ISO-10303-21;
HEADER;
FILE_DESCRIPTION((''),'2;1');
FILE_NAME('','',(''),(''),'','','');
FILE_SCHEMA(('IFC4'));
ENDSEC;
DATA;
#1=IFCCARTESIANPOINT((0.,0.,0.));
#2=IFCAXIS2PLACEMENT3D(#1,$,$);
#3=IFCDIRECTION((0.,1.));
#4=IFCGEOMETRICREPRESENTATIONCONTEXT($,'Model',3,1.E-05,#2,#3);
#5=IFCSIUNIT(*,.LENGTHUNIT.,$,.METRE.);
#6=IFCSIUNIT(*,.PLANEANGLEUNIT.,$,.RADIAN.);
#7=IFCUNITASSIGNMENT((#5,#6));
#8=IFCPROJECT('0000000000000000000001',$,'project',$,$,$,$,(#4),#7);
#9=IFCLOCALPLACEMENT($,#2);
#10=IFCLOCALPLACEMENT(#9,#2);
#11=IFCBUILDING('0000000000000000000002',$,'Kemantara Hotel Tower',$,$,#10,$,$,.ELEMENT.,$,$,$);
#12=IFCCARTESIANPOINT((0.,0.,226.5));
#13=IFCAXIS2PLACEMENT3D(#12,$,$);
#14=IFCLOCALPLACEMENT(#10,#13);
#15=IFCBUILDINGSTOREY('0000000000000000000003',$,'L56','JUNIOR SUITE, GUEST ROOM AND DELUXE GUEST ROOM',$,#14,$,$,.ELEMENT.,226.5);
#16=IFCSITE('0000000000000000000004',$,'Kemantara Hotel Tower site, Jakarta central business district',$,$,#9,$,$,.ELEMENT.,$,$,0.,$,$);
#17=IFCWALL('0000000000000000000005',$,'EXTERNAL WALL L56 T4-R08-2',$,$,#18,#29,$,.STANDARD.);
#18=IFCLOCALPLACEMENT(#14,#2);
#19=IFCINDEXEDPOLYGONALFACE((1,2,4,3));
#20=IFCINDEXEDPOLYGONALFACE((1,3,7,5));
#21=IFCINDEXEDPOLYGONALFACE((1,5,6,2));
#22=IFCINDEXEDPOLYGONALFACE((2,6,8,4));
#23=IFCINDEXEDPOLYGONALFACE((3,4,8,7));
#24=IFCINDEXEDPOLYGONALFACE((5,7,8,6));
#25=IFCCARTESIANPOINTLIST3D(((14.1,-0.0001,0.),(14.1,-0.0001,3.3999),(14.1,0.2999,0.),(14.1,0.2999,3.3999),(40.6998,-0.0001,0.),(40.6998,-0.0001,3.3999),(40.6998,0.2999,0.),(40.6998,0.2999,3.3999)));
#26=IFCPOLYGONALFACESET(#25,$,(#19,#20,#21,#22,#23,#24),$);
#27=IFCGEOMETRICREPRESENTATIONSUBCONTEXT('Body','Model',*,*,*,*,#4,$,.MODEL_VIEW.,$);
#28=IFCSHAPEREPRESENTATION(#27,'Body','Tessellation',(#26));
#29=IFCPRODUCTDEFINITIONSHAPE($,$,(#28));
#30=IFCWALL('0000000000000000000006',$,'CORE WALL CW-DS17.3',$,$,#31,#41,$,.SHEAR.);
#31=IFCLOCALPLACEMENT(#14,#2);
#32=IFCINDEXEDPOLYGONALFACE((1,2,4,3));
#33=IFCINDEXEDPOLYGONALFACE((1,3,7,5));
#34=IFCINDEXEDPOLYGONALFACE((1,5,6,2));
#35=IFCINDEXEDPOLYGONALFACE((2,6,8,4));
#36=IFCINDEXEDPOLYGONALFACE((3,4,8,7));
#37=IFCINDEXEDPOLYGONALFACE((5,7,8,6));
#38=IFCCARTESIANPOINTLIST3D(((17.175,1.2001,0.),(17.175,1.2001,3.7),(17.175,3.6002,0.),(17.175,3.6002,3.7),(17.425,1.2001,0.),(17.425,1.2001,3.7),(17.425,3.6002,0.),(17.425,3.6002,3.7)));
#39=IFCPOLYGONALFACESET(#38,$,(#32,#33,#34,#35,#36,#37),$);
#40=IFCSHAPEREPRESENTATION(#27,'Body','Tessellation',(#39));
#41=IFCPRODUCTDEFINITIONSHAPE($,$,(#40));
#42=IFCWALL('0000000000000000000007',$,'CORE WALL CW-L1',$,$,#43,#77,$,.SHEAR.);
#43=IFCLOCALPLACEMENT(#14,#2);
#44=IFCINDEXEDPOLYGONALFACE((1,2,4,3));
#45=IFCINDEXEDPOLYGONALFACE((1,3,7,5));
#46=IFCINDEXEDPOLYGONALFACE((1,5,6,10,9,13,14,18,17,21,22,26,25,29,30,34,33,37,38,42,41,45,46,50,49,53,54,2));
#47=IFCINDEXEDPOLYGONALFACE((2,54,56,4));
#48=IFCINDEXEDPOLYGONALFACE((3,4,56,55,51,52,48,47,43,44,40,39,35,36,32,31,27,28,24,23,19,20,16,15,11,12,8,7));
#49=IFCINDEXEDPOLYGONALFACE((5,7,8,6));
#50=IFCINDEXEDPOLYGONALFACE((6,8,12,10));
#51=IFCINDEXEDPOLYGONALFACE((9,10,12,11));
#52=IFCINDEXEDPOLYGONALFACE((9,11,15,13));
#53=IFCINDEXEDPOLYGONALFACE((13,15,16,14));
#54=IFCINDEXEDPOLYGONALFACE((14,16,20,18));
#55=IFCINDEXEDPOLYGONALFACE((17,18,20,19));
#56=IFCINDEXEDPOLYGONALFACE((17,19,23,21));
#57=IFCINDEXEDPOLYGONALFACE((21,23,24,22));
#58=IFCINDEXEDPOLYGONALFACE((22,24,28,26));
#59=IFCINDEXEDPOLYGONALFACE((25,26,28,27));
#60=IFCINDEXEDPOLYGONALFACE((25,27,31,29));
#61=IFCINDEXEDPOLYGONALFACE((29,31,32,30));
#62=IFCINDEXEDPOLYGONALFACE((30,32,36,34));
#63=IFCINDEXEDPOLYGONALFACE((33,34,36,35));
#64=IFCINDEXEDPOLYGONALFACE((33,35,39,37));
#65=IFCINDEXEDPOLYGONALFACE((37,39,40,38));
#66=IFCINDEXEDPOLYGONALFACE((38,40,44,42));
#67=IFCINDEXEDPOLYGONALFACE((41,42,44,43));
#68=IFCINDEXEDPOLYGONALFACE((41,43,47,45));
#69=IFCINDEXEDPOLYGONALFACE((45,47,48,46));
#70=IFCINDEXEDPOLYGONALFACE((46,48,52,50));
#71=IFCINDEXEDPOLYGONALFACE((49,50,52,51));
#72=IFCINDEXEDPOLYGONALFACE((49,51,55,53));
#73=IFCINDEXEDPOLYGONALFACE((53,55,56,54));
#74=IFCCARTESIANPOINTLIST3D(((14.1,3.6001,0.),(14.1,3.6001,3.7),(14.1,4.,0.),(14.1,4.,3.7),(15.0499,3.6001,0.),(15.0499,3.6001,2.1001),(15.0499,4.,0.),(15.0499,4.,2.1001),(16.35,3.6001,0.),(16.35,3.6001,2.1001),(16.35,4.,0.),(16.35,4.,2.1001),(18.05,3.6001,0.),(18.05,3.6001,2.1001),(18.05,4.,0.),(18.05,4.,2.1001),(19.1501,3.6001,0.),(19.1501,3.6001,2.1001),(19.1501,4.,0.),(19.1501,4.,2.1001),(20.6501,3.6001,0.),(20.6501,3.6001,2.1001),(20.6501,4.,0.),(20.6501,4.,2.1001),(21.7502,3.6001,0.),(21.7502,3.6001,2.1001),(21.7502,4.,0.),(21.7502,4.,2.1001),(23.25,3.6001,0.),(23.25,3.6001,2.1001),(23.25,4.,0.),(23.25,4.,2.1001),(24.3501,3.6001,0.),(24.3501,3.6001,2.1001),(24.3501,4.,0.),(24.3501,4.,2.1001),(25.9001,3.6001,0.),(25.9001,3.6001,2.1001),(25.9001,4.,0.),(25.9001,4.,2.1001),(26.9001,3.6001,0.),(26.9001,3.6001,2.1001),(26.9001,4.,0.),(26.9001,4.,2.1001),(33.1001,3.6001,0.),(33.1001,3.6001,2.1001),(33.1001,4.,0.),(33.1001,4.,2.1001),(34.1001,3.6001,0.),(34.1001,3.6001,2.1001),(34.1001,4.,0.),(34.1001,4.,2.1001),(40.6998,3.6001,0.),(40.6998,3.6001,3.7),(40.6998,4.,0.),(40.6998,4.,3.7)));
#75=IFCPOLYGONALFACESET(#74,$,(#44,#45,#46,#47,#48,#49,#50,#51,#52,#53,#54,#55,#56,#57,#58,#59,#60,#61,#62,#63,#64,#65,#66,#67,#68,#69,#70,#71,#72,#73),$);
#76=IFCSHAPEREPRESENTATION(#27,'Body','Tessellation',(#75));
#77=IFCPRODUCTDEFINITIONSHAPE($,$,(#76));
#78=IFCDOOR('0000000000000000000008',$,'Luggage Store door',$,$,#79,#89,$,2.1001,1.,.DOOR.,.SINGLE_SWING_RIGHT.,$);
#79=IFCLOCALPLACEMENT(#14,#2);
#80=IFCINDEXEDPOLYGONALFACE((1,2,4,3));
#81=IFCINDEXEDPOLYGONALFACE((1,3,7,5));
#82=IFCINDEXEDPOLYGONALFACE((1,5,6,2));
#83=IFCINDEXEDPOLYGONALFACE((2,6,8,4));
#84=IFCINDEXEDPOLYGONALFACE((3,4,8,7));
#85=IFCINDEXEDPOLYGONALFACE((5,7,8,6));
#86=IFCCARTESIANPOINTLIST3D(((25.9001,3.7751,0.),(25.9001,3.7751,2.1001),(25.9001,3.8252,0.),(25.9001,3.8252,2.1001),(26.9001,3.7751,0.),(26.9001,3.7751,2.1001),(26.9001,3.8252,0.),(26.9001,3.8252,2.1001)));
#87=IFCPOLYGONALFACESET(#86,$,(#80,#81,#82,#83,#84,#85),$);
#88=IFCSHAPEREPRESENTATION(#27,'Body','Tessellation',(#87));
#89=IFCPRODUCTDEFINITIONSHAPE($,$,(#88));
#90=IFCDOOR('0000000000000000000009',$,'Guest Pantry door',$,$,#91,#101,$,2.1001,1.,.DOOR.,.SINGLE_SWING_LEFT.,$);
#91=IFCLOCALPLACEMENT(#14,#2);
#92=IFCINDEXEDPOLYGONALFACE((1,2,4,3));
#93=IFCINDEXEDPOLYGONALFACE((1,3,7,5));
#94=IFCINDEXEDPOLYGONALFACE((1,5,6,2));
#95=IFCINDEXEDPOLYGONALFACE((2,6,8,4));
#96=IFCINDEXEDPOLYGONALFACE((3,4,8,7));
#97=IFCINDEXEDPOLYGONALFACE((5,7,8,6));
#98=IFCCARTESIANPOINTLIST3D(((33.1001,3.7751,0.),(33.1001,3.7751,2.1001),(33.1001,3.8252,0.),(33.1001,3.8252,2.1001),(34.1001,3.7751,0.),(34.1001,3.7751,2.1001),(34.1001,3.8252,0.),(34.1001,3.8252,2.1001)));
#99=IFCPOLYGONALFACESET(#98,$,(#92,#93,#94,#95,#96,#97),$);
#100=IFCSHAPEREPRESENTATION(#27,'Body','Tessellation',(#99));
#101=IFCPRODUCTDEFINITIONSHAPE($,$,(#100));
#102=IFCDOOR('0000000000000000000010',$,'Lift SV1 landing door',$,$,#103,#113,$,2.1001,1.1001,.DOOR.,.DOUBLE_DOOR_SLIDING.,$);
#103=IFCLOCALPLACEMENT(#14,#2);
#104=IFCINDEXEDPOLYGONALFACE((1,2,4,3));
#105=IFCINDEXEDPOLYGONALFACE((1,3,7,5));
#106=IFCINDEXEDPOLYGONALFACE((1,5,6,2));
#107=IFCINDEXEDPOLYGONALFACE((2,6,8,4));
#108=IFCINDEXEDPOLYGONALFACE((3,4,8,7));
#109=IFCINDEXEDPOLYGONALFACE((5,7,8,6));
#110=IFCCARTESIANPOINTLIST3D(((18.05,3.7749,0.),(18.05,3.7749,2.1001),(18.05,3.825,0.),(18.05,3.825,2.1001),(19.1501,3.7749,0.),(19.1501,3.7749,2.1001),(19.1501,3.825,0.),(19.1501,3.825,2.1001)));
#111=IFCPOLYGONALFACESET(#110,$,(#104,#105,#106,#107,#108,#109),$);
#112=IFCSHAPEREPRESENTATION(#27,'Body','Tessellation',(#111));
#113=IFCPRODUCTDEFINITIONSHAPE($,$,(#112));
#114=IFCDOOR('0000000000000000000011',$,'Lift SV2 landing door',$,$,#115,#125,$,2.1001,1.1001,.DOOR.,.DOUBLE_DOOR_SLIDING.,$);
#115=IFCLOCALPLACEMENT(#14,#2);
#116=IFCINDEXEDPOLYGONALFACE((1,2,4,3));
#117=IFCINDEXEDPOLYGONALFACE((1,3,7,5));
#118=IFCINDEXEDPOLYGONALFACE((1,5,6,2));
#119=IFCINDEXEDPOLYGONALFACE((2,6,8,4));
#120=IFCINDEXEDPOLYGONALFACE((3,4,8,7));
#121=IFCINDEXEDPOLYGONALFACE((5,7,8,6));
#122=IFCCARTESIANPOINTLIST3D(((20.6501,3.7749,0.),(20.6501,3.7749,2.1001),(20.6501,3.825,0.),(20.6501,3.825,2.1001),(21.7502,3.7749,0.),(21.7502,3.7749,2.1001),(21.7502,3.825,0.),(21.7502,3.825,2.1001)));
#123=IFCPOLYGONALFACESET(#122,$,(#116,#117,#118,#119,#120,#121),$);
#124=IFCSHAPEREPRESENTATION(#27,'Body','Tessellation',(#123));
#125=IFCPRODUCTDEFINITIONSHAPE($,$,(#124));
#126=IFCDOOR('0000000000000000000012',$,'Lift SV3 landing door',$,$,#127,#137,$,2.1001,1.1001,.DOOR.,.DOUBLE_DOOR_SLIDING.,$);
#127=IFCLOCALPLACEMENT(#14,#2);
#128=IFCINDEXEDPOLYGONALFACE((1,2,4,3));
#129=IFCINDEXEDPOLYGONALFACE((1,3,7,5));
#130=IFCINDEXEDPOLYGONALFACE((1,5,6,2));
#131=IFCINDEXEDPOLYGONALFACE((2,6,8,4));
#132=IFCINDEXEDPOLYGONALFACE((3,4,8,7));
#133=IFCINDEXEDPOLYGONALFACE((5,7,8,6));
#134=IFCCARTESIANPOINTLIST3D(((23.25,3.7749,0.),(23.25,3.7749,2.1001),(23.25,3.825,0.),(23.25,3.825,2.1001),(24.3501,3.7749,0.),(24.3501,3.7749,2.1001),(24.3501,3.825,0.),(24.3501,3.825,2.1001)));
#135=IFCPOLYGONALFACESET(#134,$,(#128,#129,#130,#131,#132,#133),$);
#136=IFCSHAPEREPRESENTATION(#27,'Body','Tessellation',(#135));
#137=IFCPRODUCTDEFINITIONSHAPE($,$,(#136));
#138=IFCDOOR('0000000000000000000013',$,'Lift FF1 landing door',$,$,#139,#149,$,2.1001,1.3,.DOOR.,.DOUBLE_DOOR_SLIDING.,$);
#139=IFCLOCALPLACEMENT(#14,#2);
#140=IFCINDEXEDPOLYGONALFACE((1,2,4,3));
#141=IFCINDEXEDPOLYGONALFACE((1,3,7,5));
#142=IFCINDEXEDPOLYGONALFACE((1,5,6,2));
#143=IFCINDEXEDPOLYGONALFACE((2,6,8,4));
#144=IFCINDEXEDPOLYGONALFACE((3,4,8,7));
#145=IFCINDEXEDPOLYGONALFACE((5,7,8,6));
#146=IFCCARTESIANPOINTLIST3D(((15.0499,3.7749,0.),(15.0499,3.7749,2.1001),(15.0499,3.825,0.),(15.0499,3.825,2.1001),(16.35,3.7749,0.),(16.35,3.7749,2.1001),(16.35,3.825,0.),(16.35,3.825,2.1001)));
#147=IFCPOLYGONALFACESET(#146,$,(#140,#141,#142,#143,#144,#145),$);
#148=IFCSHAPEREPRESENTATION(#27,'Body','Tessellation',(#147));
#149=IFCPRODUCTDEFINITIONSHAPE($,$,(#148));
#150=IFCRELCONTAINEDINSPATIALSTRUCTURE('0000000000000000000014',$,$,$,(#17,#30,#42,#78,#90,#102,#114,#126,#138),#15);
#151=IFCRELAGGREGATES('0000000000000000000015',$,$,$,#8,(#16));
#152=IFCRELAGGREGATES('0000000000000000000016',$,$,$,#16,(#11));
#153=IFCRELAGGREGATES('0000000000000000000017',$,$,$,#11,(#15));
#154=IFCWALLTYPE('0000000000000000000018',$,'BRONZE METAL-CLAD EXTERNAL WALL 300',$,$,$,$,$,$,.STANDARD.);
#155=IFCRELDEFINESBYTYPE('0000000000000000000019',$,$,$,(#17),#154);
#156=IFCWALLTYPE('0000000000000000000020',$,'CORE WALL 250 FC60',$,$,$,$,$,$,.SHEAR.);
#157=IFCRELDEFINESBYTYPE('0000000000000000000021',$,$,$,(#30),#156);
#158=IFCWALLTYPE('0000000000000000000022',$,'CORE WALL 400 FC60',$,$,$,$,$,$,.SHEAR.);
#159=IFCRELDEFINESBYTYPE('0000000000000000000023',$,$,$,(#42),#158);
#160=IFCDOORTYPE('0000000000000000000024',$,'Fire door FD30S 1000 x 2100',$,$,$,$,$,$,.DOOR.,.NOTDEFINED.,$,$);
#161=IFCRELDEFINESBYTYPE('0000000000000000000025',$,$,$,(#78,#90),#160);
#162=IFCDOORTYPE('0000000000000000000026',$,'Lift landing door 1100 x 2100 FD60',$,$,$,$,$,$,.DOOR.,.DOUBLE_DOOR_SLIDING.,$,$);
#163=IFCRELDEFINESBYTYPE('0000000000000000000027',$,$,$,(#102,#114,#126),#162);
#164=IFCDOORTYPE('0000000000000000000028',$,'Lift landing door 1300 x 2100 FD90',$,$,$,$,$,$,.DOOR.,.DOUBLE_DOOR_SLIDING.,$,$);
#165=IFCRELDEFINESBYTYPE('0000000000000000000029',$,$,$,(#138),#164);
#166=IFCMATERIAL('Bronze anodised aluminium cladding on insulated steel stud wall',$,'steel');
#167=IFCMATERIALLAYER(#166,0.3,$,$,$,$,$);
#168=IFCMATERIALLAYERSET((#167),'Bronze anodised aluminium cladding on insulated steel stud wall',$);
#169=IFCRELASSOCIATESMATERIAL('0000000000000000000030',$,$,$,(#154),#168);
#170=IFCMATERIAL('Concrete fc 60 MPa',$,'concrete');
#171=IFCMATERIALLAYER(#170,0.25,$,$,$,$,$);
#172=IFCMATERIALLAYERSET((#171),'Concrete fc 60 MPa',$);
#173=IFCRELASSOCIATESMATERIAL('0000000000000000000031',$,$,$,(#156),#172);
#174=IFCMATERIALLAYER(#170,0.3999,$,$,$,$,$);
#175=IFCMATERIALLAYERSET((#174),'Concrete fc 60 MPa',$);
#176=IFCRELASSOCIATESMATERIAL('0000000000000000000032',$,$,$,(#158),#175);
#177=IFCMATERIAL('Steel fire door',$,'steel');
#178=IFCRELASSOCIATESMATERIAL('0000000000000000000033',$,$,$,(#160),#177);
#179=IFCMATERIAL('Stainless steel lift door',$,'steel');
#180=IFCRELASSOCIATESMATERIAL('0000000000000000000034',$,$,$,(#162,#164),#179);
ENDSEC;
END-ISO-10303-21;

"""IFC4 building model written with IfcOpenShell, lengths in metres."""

from ifc_helpers import new_model, si_unit, direction, frame, frame_2d, origin, place, context, subcontext, project, spatial, rectangle, extrude, material, layer, layer_set, type_object, element, fill, save


model = new_model("IFC4")

# Units and contexts
model_context = context("Model", 3, precision=1e-05, world=origin(), true_north=direction((0.0, 1.0)))
body_context = subcontext(model_context, "Body", "Model", "MODEL_VIEW")
ifc_project = project(units=[si_unit("LENGTHUNIT", "METRE"), si_unit("PLANEANGLEUNIT", "RADIAN")], contexts=[model_context])

# Site, building, storey
site_placement = place(None, origin())
site = spatial("IfcSite", under=ifc_project, at=site_placement, Name="Kemantara Hotel Tower site, Jakarta central business district", CompositionType="ELEMENT", RefElevation=0.0)
building_placement = place(site_placement, origin())
building = spatial("IfcBuilding", under=site, at=building_placement, Name="Kemantara Hotel Tower", CompositionType="ELEMENT")
storey_placement = place(building_placement, frame((0.0, 0.0, 226.5)))
storey = spatial("IfcBuildingStorey", under=building, at=storey_placement, Name="L56", Description="JUNIOR SUITE, GUEST ROOM AND DELUXE GUEST ROOM", CompositionType="ELEMENT", Elevation=226.5)

# Walls
ifc_material_1 = material(Name="Bronze anodised aluminium cladding on insulated steel stud wall", Category="steel")
ifc_layer_1 = layer(ifc_material_1, 0.3)
ifc_layer_set_1 = layer_set([ifc_layer_1], Name="Bronze anodised aluminium cladding on insulated steel stud wall")
wall_type_1 = type_object("IfcWallType", Name="BRONZE METAL-CLAD EXTERNAL WALL 300", PredefinedType="STANDARD", material=ifc_layer_set_1)
wall_1_placement = place(storey_placement, frame((14.1001, 0.1499, 0.0), z_axis=(0.0, 0.0, 1.0), x_axis=(1.0, 0.0, 0.0)))
element("IfcWall", 1, at=wall_1_placement, inside=storey, type_object=wall_type_1, Name="EXTERNAL WALL L56 T4-R08-2", PredefinedType="STANDARD", context=body_context, shape_type="SweptSolid", body=[
    extrude(rectangle(XDim=26.5999, YDim=0.3, at=frame_2d((13.2998, 0.0))), origin(), (0.0, 0.0, 1.0), 3.3999),
])
ifc_material_2 = material(Name="Concrete fc 60 MPa", Category="concrete")
ifc_layer_2 = layer(ifc_material_2, 0.25)
ifc_layer_set_2 = layer_set([ifc_layer_2], Name="Concrete fc 60 MPa")
wall_type_2 = type_object("IfcWallType", Name="CORE WALL 250 FC60", PredefinedType="SHEAR", material=ifc_layer_set_2)
wall_2_placement = place(storey_placement, frame((17.3, 1.2, 0.0), z_axis=(0.0, 0.0, 1.0), x_axis=(0.0, 1.0, 0.0)))
element("IfcWall", 2, at=wall_2_placement, inside=storey, type_object=wall_type_2, Name="CORE WALL CW-DS17.3", PredefinedType="SHEAR", context=body_context, shape_type="SweptSolid", body=[
    extrude(rectangle(XDim=2.4001, YDim=0.25, at=frame_2d((1.2002, 0.0))), origin(), (0.0, 0.0, 1.0), 3.7),
])

# Wall, openings, doors
ifc_layer_3 = layer(ifc_material_2, 0.3999)
ifc_layer_set_3 = layer_set([ifc_layer_3], Name="Concrete fc 60 MPa")
wall_type_3 = type_object("IfcWallType", Name="CORE WALL 400 FC60", PredefinedType="SHEAR", material=ifc_layer_set_3)
wall_3_placement = place(storey_placement, frame((14.1001, 3.8, 0.0), z_axis=(0.0, 0.0, 1.0), x_axis=(1.0, 0.0, 0.0)))
wall_3 = element("IfcWall", 3, at=wall_3_placement, inside=storey, type_object=wall_type_3, Name="CORE WALL CW-L1", PredefinedType="SHEAR", context=body_context, shape_type="SweptSolid", body=[
    extrude(rectangle(XDim=26.5999, YDim=0.3999, at=frame_2d((13.2998, 0.0))), origin(), (0.0, 0.0, 1.0), 3.7),
])
opening_1_placement = place(wall_3_placement, frame((0.95, 0.0, 0.0)))
opening_1 = element("IfcOpeningElement", 4, at=opening_1_placement, cuts=wall_3, PredefinedType="OPENING", context=body_context, shape_type="SweptSolid", body=[
    extrude(rectangle(XDim=1.3, YDim=2.1001, at=frame_2d((0.6499, 1.05))), frame((0.0, 0.21, 0.0), z_axis=(0.0, -1.0, 0.0), x_axis=(1.0, 0.0, 0.0)), (0.0, 0.0, 1.0), 0.4199),
])
opening_2_placement = place(wall_3_placement, frame((3.95, 0.0, 0.0)))
opening_2 = element("IfcOpeningElement", 5, at=opening_2_placement, cuts=wall_3, PredefinedType="OPENING", context=body_context, shape_type="SweptSolid", body=[
    extrude(rectangle(XDim=1.1001, YDim=2.1001, at=frame_2d((0.55, 1.05))), frame((0.0, 0.21, 0.0), z_axis=(0.0, -1.0, 0.0), x_axis=(1.0, 0.0, 0.0)), (0.0, 0.0, 1.0), 0.4199),
])
opening_3_placement = place(wall_3_placement, frame((6.55, 0.0, 0.0)))
opening_3 = element("IfcOpeningElement", 6, at=opening_3_placement, cuts=wall_3, PredefinedType="OPENING", context=body_context, shape_type="SweptSolid", body=[
    extrude(rectangle(XDim=1.1001, YDim=2.1001, at=frame_2d((0.55, 1.05))), frame((0.0, 0.21, 0.0), z_axis=(0.0, -1.0, 0.0), x_axis=(1.0, 0.0, 0.0)), (0.0, 0.0, 1.0), 0.4199),
])
opening_4_placement = place(wall_3_placement, frame((9.1499, 0.0, 0.0)))
opening_4 = element("IfcOpeningElement", 7, at=opening_4_placement, cuts=wall_3, PredefinedType="OPENING", context=body_context, shape_type="SweptSolid", body=[
    extrude(rectangle(XDim=1.1001, YDim=2.1001, at=frame_2d((0.55, 1.05))), frame((0.0, 0.21, 0.0), z_axis=(0.0, -1.0, 0.0), x_axis=(1.0, 0.0, 0.0)), (0.0, 0.0, 1.0), 0.4199),
])
opening_5_placement = place(wall_3_placement, frame((11.8, 0.0, 0.0)))
opening_5 = element("IfcOpeningElement", 8, at=opening_5_placement, cuts=wall_3, PredefinedType="OPENING", context=body_context, shape_type="SweptSolid", body=[
    extrude(rectangle(XDim=1.0, YDim=2.1001, at=frame_2d((0.5, 1.05))), frame((0.0, 0.21, 0.0), z_axis=(0.0, -1.0, 0.0), x_axis=(1.0, 0.0, 0.0)), (0.0, 0.0, 1.0), 0.4199),
])
opening_6_placement = place(wall_3_placement, frame((19.0, 0.0, 0.0)))
opening_6 = element("IfcOpeningElement", 9, at=opening_6_placement, cuts=wall_3, PredefinedType="OPENING", context=body_context, shape_type="SweptSolid", body=[
    extrude(rectangle(XDim=1.0, YDim=2.1001, at=frame_2d((0.5, 1.05))), frame((0.0, 0.21, 0.0), z_axis=(0.0, -1.0, 0.0), x_axis=(1.0, 0.0, 0.0)), (0.0, 0.0, 1.0), 0.4199),
])
ifc_material_3 = material(Name="Steel fire door", Category="steel")
door_type_1 = type_object("IfcDoorType", Name="Fire door FD30S 1000 x 2100", OperationType="NOTDEFINED", PredefinedType="DOOR", material=ifc_material_3)
door_1_placement = place(opening_5_placement, frame((1.0, 0.0, 0.0), z_axis=(0.0, 0.0, 1.0), x_axis=(-1.0, 0.0, 0.0)))
door_1 = element("IfcDoor", 10, at=door_1_placement, inside=storey, type_object=door_type_1, Name="Luggage Store door", OperationType="SINGLE_SWING_RIGHT", OverallHeight=2.1001, OverallWidth=1.0, PredefinedType="DOOR", context=body_context, shape_type="SweptSolid", body=[
    extrude(rectangle(XDim=1.0, YDim=2.1001, at=frame_2d((0.5, 1.05))), frame((0.0, 0.0249, 0.0), z_axis=(0.0, -1.0, 0.0), x_axis=(1.0, 0.0, 0.0)), (0.0, 0.0, 1.0), 0.05),
])
fill(opening_5, door_1)
door_2_placement = place(opening_6_placement, frame((1.0, 0.0, 0.0), z_axis=(0.0, 0.0, 1.0), x_axis=(-1.0, 0.0, 0.0)))
door_2 = element("IfcDoor", 11, at=door_2_placement, inside=storey, type_object=door_type_1, Name="Guest Pantry door", OperationType="SINGLE_SWING_LEFT", OverallHeight=2.1001, OverallWidth=1.0, PredefinedType="DOOR", context=body_context, shape_type="SweptSolid", body=[
    extrude(rectangle(XDim=1.0, YDim=2.1001, at=frame_2d((0.5, 1.05))), frame((0.0, 0.0249, 0.0), z_axis=(0.0, -1.0, 0.0), x_axis=(1.0, 0.0, 0.0)), (0.0, 0.0, 1.0), 0.05),
])
fill(opening_6, door_2)
ifc_material_4 = material(Name="Stainless steel lift door", Category="steel")
door_type_2 = type_object("IfcDoorType", Name="Lift landing door 1100 x 2100 FD60", OperationType="DOUBLE_DOOR_SLIDING", PredefinedType="DOOR", material=ifc_material_4)
door_3_placement = place(opening_2_placement, origin())
door_3 = element("IfcDoor", 12, at=door_3_placement, inside=storey, type_object=door_type_2, Name="Lift SV1 landing door", OperationType="DOUBLE_DOOR_SLIDING", OverallHeight=2.1001, OverallWidth=1.1001, PredefinedType="DOOR", context=body_context, shape_type="SweptSolid", body=[
    extrude(rectangle(XDim=1.1001, YDim=2.1001, at=frame_2d((0.55, 1.05))), frame((0.0, 0.0249, 0.0), z_axis=(0.0, -1.0, 0.0), x_axis=(1.0, 0.0, 0.0)), (0.0, 0.0, 1.0), 0.05),
])
fill(opening_2, door_3)
door_4_placement = place(opening_3_placement, origin())
door_4 = element("IfcDoor", 13, at=door_4_placement, inside=storey, type_object=door_type_2, Name="Lift SV2 landing door", OperationType="DOUBLE_DOOR_SLIDING", OverallHeight=2.1001, OverallWidth=1.1001, PredefinedType="DOOR", context=body_context, shape_type="SweptSolid", body=[
    extrude(rectangle(XDim=1.1001, YDim=2.1001, at=frame_2d((0.55, 1.05))), frame((0.0, 0.0249, 0.0), z_axis=(0.0, -1.0, 0.0), x_axis=(1.0, 0.0, 0.0)), (0.0, 0.0, 1.0), 0.05),
])
fill(opening_3, door_4)
door_5_placement = place(opening_4_placement, origin())
door_5 = element("IfcDoor", 14, at=door_5_placement, inside=storey, type_object=door_type_2, Name="Lift SV3 landing door", OperationType="DOUBLE_DOOR_SLIDING", OverallHeight=2.1001, OverallWidth=1.1001, PredefinedType="DOOR", context=body_context, shape_type="SweptSolid", body=[
    extrude(rectangle(XDim=1.1001, YDim=2.1001, at=frame_2d((0.55, 1.05))), frame((0.0, 0.0249, 0.0), z_axis=(0.0, -1.0, 0.0), x_axis=(1.0, 0.0, 0.0)), (0.0, 0.0, 1.0), 0.05),
])
fill(opening_4, door_5)
door_type_3 = type_object("IfcDoorType", Name="Lift landing door 1300 x 2100 FD90", OperationType="DOUBLE_DOOR_SLIDING", PredefinedType="DOOR", material=ifc_material_4)
door_6_placement = place(opening_1_placement, origin())
door_6 = element("IfcDoor", 15, at=door_6_placement, inside=storey, type_object=door_type_3, Name="Lift FF1 landing door", OperationType="DOUBLE_DOOR_SLIDING", OverallHeight=2.1001, OverallWidth=1.3, PredefinedType="DOOR", context=body_context, shape_type="SweptSolid", body=[
    extrude(rectangle(XDim=1.3, YDim=2.1001, at=frame_2d((0.6499, 1.05))), frame((0.0, 0.0249, 0.0), z_axis=(0.0, -1.0, 0.0), x_axis=(1.0, 0.0, 0.0)), (0.0, 0.0, 1.0), 0.05),
])
fill(opening_1, door_6)

save(model, "model.ifc")
